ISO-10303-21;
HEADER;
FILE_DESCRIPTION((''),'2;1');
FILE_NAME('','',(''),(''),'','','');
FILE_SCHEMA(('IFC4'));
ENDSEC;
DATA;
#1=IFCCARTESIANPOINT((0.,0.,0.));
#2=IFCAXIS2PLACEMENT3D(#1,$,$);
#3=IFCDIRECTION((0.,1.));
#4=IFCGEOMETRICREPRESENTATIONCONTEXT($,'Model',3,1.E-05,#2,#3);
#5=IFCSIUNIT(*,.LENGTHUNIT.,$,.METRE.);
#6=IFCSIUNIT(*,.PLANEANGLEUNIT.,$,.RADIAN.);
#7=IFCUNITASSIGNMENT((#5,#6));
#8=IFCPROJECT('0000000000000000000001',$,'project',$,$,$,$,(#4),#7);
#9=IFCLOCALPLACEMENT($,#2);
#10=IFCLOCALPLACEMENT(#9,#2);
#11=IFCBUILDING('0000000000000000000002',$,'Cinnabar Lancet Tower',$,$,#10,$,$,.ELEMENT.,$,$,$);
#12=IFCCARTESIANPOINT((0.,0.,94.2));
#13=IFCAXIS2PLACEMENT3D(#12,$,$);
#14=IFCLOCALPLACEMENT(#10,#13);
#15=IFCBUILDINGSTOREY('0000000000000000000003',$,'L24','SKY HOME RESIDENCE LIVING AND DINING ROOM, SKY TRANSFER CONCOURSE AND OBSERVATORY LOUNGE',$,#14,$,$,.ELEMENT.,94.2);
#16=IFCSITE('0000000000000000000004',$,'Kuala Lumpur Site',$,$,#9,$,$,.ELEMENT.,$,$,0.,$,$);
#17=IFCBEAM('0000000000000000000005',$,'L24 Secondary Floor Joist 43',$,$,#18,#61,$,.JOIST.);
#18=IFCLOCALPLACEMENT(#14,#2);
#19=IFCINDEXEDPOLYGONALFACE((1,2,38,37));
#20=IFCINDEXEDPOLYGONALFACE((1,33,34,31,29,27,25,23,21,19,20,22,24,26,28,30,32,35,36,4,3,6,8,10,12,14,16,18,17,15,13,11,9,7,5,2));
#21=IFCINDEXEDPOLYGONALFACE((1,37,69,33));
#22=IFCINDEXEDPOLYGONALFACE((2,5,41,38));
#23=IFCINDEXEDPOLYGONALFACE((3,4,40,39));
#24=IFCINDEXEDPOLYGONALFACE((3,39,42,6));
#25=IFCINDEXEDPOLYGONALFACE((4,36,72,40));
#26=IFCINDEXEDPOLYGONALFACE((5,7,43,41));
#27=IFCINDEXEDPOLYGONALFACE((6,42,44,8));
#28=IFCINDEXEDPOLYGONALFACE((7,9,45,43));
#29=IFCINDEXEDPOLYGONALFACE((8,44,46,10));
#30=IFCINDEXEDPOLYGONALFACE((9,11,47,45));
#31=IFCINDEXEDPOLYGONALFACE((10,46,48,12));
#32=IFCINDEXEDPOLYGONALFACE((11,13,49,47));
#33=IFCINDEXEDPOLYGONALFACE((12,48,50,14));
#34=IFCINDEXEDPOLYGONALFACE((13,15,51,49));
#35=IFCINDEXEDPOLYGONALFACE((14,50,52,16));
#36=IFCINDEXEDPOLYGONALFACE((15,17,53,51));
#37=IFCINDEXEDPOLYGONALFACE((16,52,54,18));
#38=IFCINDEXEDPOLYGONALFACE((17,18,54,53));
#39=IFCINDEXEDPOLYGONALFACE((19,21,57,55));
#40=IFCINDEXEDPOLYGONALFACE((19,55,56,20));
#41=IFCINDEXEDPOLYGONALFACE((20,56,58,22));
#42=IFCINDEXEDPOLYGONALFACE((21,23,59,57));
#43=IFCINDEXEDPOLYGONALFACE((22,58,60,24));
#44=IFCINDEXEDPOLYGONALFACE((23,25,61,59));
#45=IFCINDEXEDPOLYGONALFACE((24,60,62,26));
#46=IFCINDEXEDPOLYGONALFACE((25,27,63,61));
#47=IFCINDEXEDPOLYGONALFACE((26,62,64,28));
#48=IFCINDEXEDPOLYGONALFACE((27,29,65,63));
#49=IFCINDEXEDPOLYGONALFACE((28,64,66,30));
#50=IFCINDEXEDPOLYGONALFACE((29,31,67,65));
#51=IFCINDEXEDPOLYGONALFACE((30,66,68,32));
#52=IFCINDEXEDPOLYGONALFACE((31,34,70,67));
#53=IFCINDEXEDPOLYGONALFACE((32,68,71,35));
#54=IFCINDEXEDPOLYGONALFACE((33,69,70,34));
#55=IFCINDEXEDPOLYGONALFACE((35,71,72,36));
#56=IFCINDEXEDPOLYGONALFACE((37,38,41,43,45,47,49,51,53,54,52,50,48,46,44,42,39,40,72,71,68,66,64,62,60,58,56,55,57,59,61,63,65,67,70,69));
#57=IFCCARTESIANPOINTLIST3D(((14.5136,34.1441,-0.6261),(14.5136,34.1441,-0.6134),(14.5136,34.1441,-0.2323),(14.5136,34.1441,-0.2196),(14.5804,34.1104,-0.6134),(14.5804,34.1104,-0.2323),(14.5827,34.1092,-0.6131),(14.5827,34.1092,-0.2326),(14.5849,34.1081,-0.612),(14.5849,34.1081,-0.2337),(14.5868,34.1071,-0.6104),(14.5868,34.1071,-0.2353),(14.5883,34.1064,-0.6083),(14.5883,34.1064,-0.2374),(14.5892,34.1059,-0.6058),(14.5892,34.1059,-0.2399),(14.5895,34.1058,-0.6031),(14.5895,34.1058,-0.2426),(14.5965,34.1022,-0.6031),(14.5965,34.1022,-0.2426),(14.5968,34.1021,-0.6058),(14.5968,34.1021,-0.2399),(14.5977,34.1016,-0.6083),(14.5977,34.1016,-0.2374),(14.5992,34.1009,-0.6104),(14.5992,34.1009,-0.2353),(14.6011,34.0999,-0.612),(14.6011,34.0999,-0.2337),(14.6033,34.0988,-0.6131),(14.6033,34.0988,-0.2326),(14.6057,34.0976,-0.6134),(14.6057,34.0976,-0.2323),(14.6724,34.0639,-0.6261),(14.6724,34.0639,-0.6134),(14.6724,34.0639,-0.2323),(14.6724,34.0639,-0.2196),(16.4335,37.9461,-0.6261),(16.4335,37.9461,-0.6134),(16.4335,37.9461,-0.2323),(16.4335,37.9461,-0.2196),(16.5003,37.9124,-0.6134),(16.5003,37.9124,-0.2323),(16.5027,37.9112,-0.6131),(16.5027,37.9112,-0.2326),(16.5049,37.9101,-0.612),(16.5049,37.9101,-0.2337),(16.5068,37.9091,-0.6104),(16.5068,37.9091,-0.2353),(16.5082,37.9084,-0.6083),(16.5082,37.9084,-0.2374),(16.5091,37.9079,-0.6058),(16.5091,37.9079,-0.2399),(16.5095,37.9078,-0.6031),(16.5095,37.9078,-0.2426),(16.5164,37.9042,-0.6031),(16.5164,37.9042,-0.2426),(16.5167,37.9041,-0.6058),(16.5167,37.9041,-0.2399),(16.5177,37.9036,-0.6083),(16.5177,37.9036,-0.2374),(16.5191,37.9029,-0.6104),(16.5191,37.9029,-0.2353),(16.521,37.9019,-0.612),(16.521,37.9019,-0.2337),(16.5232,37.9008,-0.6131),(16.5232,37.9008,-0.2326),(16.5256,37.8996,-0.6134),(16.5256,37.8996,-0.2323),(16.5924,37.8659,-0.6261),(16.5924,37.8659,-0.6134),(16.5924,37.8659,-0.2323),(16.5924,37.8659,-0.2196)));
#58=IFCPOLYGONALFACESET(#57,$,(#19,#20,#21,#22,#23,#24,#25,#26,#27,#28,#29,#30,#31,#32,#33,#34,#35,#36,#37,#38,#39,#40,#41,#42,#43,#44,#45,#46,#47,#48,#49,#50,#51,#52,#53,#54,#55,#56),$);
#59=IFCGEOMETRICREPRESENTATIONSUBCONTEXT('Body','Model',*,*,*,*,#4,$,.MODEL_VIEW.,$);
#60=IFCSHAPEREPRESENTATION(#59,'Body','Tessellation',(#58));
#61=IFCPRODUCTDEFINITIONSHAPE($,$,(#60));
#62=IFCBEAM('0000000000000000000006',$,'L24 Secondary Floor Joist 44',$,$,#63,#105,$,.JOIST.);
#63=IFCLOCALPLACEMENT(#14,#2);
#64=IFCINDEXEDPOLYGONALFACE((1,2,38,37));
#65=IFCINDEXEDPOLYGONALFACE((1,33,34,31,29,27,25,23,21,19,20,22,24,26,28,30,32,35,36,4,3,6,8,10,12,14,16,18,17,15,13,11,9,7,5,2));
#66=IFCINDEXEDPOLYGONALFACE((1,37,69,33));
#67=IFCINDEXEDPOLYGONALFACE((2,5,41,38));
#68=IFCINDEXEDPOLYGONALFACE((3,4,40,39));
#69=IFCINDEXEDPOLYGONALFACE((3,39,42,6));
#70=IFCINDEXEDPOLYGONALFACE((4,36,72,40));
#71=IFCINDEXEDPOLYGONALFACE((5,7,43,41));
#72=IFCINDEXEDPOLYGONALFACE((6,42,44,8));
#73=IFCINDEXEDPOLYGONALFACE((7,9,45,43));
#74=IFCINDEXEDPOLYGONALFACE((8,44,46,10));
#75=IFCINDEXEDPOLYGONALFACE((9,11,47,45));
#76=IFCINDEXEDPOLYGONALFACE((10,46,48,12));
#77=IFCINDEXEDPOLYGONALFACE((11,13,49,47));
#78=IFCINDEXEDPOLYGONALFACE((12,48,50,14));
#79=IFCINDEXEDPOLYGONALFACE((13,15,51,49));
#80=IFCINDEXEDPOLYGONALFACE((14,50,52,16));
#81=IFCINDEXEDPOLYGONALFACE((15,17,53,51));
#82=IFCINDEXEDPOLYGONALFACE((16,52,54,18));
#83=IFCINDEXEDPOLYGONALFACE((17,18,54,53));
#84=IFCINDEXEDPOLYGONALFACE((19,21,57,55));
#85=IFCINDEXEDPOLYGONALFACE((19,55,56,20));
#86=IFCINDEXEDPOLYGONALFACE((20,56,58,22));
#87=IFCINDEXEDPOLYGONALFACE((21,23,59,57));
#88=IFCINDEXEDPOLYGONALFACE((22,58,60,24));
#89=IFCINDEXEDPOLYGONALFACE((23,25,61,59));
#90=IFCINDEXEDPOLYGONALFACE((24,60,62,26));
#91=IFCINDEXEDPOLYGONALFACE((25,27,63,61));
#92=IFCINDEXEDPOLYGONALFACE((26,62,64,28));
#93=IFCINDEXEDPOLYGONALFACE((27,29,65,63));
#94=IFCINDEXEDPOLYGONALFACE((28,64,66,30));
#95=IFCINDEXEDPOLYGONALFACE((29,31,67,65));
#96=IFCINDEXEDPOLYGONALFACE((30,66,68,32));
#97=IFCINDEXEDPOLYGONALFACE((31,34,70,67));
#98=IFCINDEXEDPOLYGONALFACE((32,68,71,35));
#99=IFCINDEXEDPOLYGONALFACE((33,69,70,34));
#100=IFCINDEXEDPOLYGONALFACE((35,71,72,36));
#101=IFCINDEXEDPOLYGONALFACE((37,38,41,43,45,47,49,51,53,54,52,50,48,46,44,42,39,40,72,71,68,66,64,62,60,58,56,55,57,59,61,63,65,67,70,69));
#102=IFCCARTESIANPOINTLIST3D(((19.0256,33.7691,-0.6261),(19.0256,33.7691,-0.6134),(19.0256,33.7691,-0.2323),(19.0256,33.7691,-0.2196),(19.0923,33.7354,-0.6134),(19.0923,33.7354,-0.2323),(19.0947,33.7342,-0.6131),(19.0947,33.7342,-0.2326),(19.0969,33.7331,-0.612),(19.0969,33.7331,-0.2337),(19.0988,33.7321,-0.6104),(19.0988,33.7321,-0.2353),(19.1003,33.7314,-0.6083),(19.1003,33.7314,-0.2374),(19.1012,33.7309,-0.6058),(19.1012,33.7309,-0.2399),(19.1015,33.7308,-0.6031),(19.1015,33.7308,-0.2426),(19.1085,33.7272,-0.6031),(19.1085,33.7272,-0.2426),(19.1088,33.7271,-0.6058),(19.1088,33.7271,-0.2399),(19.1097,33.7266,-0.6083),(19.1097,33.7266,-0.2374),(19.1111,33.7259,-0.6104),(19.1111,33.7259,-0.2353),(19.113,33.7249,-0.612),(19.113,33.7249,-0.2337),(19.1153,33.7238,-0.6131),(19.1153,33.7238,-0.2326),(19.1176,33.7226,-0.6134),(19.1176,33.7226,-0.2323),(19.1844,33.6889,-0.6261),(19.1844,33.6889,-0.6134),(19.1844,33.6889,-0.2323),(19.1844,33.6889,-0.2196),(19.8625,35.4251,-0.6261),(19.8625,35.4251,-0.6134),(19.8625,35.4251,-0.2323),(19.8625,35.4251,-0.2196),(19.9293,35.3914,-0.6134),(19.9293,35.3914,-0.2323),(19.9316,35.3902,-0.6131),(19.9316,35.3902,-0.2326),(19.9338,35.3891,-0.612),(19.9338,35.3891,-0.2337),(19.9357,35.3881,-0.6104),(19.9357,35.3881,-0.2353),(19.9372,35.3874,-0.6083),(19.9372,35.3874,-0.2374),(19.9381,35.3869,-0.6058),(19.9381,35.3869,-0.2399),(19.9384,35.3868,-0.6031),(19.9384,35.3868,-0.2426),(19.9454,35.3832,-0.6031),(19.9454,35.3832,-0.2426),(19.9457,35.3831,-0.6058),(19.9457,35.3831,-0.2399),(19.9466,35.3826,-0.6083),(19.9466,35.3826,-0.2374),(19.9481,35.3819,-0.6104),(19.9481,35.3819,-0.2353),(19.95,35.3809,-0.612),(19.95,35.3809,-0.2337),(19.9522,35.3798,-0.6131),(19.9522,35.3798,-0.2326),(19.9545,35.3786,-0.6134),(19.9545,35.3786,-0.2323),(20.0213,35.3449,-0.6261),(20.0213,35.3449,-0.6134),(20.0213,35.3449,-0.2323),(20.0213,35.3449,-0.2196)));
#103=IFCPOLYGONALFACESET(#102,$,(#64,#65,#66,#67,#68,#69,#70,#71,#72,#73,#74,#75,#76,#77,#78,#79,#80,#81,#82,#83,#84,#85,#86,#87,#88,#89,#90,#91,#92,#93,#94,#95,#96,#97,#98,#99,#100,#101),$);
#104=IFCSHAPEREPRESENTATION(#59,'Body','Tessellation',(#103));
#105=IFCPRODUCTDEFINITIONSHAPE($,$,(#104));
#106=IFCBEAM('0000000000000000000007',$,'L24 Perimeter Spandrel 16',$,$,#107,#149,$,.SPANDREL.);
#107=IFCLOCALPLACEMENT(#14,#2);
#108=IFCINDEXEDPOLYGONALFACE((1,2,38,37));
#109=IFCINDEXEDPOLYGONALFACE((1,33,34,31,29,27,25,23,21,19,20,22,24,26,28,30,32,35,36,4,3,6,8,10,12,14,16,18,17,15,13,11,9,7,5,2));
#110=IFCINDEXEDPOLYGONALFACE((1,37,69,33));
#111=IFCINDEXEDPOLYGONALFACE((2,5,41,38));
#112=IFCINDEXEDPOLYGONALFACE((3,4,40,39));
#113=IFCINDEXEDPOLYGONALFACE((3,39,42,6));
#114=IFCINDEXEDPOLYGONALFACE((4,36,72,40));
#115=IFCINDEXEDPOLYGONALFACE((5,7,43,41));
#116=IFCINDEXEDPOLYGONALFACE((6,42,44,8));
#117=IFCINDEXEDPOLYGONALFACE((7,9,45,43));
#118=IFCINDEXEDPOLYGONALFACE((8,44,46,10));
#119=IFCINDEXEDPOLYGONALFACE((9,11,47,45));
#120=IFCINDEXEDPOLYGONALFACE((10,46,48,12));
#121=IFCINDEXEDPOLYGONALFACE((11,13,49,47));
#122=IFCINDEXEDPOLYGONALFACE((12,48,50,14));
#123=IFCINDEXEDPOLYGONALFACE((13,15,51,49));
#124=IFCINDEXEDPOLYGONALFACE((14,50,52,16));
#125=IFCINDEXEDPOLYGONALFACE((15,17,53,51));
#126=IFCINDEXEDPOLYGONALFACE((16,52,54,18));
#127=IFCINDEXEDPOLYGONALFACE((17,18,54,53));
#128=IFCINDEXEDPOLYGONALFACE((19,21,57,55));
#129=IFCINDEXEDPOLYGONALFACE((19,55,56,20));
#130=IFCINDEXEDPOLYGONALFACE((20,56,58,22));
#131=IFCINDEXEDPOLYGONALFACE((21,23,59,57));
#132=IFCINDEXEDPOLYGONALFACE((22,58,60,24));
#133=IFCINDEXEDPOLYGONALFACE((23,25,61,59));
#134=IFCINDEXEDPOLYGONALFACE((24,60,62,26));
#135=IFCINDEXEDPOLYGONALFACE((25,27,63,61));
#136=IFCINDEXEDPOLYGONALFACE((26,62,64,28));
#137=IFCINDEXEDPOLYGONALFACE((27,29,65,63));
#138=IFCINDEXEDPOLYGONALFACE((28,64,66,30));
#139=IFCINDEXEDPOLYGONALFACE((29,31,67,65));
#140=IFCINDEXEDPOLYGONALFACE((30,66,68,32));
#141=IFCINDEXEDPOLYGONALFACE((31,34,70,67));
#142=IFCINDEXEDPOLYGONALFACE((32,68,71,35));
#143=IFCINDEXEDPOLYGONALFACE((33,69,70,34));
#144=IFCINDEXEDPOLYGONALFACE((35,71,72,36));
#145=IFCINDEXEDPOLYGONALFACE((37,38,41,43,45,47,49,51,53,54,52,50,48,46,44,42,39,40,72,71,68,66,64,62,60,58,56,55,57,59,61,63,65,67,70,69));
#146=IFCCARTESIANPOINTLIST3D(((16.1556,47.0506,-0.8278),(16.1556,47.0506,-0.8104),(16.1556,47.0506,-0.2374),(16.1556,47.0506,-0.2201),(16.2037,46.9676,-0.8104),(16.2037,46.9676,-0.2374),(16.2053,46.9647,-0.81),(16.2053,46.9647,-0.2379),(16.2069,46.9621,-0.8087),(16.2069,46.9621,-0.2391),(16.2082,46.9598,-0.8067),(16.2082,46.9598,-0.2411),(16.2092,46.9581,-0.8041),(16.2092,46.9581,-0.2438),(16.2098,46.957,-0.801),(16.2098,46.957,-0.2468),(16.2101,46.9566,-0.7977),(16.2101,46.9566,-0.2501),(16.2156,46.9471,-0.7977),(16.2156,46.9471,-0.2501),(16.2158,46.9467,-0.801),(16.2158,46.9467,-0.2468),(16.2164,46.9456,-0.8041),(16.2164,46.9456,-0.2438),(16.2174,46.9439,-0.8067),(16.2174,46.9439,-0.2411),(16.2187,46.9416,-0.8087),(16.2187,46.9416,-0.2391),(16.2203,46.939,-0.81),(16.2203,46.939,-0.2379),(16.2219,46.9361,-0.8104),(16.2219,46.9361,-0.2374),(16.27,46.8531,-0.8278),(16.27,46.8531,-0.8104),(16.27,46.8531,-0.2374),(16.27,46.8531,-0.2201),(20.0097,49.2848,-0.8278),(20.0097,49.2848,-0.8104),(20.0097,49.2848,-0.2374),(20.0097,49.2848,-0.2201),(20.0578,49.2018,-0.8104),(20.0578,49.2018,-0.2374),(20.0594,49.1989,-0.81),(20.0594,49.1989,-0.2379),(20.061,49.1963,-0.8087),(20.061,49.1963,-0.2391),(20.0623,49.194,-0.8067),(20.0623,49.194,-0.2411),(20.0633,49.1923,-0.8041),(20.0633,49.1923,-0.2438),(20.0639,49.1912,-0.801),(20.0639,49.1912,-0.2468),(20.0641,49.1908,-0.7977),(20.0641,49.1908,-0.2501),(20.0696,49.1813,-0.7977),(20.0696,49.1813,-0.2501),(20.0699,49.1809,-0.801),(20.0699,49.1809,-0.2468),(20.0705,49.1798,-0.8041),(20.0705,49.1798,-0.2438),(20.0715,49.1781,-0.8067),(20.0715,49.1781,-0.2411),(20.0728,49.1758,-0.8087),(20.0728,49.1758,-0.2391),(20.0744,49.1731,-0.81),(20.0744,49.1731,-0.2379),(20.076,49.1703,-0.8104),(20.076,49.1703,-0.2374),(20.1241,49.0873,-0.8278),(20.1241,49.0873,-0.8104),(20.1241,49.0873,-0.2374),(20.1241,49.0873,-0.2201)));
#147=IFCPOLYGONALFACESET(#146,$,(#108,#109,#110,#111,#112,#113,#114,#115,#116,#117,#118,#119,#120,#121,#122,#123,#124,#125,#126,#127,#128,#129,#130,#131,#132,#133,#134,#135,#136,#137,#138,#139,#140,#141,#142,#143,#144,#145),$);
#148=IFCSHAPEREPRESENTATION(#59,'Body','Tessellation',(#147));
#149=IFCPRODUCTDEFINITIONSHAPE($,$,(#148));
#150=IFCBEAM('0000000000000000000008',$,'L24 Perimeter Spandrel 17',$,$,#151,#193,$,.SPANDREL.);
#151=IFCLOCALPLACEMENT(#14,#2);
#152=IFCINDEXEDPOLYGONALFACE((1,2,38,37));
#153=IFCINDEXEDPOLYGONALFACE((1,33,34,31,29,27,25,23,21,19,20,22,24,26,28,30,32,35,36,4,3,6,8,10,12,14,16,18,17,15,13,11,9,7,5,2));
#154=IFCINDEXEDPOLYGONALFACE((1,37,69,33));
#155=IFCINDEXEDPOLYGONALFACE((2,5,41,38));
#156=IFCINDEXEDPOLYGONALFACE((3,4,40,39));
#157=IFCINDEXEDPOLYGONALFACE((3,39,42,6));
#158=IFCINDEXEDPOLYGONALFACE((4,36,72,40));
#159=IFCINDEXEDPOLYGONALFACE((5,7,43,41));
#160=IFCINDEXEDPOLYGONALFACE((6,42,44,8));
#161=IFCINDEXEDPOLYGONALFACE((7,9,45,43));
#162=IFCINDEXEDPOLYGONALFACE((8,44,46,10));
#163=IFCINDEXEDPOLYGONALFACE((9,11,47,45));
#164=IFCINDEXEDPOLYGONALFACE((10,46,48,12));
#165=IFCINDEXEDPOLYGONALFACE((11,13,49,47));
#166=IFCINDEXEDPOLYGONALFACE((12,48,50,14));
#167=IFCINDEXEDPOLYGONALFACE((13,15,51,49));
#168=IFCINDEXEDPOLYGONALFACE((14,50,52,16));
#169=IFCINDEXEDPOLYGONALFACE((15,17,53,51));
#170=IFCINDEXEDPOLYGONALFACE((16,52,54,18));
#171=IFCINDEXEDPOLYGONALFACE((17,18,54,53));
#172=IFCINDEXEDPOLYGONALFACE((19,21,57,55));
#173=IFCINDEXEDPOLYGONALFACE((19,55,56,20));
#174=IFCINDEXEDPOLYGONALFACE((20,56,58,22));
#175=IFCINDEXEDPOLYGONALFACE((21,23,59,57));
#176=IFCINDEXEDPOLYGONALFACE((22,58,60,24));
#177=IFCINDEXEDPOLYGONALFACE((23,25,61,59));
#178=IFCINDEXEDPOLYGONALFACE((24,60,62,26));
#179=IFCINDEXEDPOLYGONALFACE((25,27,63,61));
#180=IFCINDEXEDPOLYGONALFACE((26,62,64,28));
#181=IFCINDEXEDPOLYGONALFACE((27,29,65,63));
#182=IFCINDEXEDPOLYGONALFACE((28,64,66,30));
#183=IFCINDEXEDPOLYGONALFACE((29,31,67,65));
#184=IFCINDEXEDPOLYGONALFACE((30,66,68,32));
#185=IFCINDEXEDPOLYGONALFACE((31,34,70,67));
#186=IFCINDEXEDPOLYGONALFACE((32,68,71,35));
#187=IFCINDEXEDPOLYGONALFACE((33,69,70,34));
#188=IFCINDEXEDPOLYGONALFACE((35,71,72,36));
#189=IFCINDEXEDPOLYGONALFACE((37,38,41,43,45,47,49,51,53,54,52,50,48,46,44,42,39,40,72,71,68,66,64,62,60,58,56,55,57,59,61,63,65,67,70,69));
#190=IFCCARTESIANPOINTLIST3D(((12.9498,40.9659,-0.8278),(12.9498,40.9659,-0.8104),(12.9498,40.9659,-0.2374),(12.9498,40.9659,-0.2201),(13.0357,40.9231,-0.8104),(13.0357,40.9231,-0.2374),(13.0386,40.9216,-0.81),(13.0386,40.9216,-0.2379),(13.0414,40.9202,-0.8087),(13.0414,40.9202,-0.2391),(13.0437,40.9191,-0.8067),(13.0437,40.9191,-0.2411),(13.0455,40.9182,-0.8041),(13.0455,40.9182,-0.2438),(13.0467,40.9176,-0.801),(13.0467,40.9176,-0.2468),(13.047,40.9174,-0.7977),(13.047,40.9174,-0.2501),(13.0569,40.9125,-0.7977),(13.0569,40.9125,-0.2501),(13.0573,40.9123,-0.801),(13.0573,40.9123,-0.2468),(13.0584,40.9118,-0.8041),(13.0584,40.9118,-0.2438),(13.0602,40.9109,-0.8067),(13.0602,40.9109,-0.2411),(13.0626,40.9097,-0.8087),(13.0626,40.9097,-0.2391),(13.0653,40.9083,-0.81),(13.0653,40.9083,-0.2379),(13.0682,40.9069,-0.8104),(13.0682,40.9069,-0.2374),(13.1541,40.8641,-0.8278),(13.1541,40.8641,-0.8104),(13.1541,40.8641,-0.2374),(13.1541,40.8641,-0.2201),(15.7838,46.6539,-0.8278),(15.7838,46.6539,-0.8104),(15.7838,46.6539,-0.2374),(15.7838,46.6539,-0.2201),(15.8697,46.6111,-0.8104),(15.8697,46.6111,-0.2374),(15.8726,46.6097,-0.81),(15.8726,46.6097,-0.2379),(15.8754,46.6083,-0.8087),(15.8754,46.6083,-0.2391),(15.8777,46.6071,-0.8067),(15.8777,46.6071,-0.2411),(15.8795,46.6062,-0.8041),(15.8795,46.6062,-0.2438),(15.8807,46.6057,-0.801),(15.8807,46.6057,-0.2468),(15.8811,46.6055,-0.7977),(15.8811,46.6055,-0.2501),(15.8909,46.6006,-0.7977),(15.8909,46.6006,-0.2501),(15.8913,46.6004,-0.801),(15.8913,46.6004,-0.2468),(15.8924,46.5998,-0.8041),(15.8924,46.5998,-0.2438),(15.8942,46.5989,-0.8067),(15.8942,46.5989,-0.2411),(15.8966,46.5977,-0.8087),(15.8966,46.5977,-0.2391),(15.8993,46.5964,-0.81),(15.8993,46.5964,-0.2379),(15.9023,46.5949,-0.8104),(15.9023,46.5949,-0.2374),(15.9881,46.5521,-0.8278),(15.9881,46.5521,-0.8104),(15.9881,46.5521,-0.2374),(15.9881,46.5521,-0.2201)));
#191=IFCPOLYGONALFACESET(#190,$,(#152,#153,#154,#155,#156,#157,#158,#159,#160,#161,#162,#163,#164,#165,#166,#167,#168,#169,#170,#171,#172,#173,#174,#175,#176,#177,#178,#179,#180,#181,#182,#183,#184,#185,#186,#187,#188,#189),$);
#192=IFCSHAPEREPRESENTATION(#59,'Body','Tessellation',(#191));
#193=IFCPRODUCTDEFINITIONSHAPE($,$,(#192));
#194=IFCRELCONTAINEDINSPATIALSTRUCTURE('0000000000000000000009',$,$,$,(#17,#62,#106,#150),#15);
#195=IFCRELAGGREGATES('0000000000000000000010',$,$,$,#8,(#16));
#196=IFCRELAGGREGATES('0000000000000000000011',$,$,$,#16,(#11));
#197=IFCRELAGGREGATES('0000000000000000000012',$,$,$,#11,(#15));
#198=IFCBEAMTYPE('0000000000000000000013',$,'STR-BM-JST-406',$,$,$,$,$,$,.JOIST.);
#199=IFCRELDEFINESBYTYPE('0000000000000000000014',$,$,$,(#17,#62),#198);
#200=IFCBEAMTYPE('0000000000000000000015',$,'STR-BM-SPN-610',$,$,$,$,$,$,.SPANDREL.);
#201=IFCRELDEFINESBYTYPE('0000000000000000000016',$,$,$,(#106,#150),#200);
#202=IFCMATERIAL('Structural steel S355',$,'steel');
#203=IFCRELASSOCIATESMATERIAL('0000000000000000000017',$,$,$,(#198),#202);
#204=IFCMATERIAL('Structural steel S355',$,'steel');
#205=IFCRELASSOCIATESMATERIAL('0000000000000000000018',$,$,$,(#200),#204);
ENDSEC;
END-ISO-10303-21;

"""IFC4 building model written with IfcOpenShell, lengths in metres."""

from ifc_helpers import new_model, si_unit, direction, frame, origin, origin_2d, place, context, subcontext, project, spatial, i_section, extrude, material, material_profile, profile_set, type_object, element, save


model = new_model("IFC4")

# Units and contexts
model_context = context("Model", 3, precision=1e-05, world=origin(), true_north=direction((0.0, 1.0)))
body_context = subcontext(model_context, "Body", "Model", "MODEL_VIEW")
ifc_project = project(units=[si_unit("LENGTHUNIT", "METRE"), si_unit("PLANEANGLEUNIT", "RADIAN")], contexts=[model_context])

# Site, building, storey
site_placement = place(None, origin())
site = spatial("IfcSite", under=ifc_project, at=site_placement, Name="Kuala Lumpur Site", CompositionType="ELEMENT", RefElevation=0.0)
building_placement = place(site_placement, origin())
building = spatial("IfcBuilding", under=site, at=building_placement, Name="Cinnabar Lancet Tower", CompositionType="ELEMENT")
storey_placement = place(building_placement, frame((0.0, 0.0, 94.2)))
storey = spatial("IfcBuildingStorey", under=building, at=storey_placement, Name="L24", Description="SKY HOME RESIDENCE LIVING AND DINING ROOM, SKY TRANSFER CONCOURSE AND OBSERVATORY LOUNGE", CompositionType="ELEMENT", Elevation=94.2)

# Beams
ifc_material_1 = material(Name="Structural steel S355", Category="steel")
ifc_material_profile_1 = material_profile(ifc_material_1, i_section(OverallWidth=0.178, OverallDepth=0.4065, WebThickness=0.0078, FlangeThickness=0.0127, FilletRadius=0.0103, at=origin_2d()), Name="UKB 406x178x60")
ifc_profile_set_1 = profile_set([ifc_material_profile_1], Name="Structural steel S355")
beam_type_1 = type_object("IfcBeamType", Name="STR-BM-JST-406", PredefinedType="JOIST", material=ifc_profile_set_1)
beam_1_placement = place(storey_placement, frame((16.5129, 37.906, -0.4229), z_axis=(-0.450764, -0.892643, 0.0), x_axis=(0.892643, -0.450764, 0.0)))
element("IfcBeam", 1, at=beam_1_placement, inside=storey, type_object=beam_type_1, Name="L24 Secondary Floor Joist 43", PredefinedType="JOIST", context=body_context, shape_type="SweptSolid", body=[
    extrude(i_section(OverallWidth=0.178, OverallDepth=0.4065, WebThickness=0.0078, FlangeThickness=0.0127, FilletRadius=0.0103, at=origin_2d()), origin(), (0.0, 0.0, 1.0), 4.2593),
])
beam_2_placement = place(storey_placement, frame((19.9419, 35.385, -0.4229), z_axis=(-0.451052, -0.892498, 0.0), x_axis=(0.892498, -0.451052, 0.0)))
element("IfcBeam", 2, at=beam_2_placement, inside=storey, type_object=beam_type_1, Name="L24 Secondary Floor Joist 44", PredefinedType="JOIST", context=body_context, shape_type="SweptSolid", body=[
    extrude(i_section(OverallWidth=0.178, OverallDepth=0.4065, WebThickness=0.0078, FlangeThickness=0.0127, FilletRadius=0.0103, at=origin_2d()), origin(), (0.0, 0.0, 1.0), 1.8555),
])
ifc_material_2 = material(Name="Structural steel S355", Category="steel")
ifc_material_profile_2 = material_profile(ifc_material_2, i_section(OverallWidth=0.2283, OverallDepth=0.6077, WebThickness=0.011, FlangeThickness=0.0173, FilletRadius=0.0127, at=origin_2d()), Name="UKB 610x229x113")
ifc_profile_set_2 = profile_set([ifc_material_profile_2], Name="Structural steel S355")
beam_type_2 = type_object("IfcBeamType", Name="STR-BM-SPN-610", PredefinedType="SPANDREL", material=ifc_profile_set_2)
beam_3_placement = place(storey_placement, frame((20.0669, 49.186, -0.5239), z_axis=(-0.865147, -0.501518, 0.0), x_axis=(0.501518, -0.865147, 0.0)))
element("IfcBeam", 3, at=beam_3_placement, inside=storey, type_object=beam_type_2, Name="L24 Perimeter Spandrel 16", PredefinedType="SPANDREL", context=body_context, shape_type="SweptSolid", body=[
    extrude(i_section(OverallWidth=0.2283, OverallDepth=0.6077, WebThickness=0.011, FlangeThickness=0.0173, FilletRadius=0.0127, at=origin_2d()), origin(), (0.0, 0.0, 1.0), 4.4548),
])
beam_4_placement = place(storey_placement, frame((15.886, 46.603, -0.5239), z_axis=(-0.445953, -0.895056, 0.0), x_axis=(0.895056, -0.445953, 0.0)))
element("IfcBeam", 4, at=beam_4_placement, inside=storey, type_object=beam_type_2, Name="L24 Perimeter Spandrel 17", PredefinedType="SPANDREL", context=body_context, shape_type="SweptSolid", body=[
    extrude(i_section(OverallWidth=0.2283, OverallDepth=0.6077, WebThickness=0.011, FlangeThickness=0.0173, FilletRadius=0.0127, at=origin_2d()), origin(), (0.0, 0.0, 1.0), 6.355),
])

save(model, "model.ifc")
